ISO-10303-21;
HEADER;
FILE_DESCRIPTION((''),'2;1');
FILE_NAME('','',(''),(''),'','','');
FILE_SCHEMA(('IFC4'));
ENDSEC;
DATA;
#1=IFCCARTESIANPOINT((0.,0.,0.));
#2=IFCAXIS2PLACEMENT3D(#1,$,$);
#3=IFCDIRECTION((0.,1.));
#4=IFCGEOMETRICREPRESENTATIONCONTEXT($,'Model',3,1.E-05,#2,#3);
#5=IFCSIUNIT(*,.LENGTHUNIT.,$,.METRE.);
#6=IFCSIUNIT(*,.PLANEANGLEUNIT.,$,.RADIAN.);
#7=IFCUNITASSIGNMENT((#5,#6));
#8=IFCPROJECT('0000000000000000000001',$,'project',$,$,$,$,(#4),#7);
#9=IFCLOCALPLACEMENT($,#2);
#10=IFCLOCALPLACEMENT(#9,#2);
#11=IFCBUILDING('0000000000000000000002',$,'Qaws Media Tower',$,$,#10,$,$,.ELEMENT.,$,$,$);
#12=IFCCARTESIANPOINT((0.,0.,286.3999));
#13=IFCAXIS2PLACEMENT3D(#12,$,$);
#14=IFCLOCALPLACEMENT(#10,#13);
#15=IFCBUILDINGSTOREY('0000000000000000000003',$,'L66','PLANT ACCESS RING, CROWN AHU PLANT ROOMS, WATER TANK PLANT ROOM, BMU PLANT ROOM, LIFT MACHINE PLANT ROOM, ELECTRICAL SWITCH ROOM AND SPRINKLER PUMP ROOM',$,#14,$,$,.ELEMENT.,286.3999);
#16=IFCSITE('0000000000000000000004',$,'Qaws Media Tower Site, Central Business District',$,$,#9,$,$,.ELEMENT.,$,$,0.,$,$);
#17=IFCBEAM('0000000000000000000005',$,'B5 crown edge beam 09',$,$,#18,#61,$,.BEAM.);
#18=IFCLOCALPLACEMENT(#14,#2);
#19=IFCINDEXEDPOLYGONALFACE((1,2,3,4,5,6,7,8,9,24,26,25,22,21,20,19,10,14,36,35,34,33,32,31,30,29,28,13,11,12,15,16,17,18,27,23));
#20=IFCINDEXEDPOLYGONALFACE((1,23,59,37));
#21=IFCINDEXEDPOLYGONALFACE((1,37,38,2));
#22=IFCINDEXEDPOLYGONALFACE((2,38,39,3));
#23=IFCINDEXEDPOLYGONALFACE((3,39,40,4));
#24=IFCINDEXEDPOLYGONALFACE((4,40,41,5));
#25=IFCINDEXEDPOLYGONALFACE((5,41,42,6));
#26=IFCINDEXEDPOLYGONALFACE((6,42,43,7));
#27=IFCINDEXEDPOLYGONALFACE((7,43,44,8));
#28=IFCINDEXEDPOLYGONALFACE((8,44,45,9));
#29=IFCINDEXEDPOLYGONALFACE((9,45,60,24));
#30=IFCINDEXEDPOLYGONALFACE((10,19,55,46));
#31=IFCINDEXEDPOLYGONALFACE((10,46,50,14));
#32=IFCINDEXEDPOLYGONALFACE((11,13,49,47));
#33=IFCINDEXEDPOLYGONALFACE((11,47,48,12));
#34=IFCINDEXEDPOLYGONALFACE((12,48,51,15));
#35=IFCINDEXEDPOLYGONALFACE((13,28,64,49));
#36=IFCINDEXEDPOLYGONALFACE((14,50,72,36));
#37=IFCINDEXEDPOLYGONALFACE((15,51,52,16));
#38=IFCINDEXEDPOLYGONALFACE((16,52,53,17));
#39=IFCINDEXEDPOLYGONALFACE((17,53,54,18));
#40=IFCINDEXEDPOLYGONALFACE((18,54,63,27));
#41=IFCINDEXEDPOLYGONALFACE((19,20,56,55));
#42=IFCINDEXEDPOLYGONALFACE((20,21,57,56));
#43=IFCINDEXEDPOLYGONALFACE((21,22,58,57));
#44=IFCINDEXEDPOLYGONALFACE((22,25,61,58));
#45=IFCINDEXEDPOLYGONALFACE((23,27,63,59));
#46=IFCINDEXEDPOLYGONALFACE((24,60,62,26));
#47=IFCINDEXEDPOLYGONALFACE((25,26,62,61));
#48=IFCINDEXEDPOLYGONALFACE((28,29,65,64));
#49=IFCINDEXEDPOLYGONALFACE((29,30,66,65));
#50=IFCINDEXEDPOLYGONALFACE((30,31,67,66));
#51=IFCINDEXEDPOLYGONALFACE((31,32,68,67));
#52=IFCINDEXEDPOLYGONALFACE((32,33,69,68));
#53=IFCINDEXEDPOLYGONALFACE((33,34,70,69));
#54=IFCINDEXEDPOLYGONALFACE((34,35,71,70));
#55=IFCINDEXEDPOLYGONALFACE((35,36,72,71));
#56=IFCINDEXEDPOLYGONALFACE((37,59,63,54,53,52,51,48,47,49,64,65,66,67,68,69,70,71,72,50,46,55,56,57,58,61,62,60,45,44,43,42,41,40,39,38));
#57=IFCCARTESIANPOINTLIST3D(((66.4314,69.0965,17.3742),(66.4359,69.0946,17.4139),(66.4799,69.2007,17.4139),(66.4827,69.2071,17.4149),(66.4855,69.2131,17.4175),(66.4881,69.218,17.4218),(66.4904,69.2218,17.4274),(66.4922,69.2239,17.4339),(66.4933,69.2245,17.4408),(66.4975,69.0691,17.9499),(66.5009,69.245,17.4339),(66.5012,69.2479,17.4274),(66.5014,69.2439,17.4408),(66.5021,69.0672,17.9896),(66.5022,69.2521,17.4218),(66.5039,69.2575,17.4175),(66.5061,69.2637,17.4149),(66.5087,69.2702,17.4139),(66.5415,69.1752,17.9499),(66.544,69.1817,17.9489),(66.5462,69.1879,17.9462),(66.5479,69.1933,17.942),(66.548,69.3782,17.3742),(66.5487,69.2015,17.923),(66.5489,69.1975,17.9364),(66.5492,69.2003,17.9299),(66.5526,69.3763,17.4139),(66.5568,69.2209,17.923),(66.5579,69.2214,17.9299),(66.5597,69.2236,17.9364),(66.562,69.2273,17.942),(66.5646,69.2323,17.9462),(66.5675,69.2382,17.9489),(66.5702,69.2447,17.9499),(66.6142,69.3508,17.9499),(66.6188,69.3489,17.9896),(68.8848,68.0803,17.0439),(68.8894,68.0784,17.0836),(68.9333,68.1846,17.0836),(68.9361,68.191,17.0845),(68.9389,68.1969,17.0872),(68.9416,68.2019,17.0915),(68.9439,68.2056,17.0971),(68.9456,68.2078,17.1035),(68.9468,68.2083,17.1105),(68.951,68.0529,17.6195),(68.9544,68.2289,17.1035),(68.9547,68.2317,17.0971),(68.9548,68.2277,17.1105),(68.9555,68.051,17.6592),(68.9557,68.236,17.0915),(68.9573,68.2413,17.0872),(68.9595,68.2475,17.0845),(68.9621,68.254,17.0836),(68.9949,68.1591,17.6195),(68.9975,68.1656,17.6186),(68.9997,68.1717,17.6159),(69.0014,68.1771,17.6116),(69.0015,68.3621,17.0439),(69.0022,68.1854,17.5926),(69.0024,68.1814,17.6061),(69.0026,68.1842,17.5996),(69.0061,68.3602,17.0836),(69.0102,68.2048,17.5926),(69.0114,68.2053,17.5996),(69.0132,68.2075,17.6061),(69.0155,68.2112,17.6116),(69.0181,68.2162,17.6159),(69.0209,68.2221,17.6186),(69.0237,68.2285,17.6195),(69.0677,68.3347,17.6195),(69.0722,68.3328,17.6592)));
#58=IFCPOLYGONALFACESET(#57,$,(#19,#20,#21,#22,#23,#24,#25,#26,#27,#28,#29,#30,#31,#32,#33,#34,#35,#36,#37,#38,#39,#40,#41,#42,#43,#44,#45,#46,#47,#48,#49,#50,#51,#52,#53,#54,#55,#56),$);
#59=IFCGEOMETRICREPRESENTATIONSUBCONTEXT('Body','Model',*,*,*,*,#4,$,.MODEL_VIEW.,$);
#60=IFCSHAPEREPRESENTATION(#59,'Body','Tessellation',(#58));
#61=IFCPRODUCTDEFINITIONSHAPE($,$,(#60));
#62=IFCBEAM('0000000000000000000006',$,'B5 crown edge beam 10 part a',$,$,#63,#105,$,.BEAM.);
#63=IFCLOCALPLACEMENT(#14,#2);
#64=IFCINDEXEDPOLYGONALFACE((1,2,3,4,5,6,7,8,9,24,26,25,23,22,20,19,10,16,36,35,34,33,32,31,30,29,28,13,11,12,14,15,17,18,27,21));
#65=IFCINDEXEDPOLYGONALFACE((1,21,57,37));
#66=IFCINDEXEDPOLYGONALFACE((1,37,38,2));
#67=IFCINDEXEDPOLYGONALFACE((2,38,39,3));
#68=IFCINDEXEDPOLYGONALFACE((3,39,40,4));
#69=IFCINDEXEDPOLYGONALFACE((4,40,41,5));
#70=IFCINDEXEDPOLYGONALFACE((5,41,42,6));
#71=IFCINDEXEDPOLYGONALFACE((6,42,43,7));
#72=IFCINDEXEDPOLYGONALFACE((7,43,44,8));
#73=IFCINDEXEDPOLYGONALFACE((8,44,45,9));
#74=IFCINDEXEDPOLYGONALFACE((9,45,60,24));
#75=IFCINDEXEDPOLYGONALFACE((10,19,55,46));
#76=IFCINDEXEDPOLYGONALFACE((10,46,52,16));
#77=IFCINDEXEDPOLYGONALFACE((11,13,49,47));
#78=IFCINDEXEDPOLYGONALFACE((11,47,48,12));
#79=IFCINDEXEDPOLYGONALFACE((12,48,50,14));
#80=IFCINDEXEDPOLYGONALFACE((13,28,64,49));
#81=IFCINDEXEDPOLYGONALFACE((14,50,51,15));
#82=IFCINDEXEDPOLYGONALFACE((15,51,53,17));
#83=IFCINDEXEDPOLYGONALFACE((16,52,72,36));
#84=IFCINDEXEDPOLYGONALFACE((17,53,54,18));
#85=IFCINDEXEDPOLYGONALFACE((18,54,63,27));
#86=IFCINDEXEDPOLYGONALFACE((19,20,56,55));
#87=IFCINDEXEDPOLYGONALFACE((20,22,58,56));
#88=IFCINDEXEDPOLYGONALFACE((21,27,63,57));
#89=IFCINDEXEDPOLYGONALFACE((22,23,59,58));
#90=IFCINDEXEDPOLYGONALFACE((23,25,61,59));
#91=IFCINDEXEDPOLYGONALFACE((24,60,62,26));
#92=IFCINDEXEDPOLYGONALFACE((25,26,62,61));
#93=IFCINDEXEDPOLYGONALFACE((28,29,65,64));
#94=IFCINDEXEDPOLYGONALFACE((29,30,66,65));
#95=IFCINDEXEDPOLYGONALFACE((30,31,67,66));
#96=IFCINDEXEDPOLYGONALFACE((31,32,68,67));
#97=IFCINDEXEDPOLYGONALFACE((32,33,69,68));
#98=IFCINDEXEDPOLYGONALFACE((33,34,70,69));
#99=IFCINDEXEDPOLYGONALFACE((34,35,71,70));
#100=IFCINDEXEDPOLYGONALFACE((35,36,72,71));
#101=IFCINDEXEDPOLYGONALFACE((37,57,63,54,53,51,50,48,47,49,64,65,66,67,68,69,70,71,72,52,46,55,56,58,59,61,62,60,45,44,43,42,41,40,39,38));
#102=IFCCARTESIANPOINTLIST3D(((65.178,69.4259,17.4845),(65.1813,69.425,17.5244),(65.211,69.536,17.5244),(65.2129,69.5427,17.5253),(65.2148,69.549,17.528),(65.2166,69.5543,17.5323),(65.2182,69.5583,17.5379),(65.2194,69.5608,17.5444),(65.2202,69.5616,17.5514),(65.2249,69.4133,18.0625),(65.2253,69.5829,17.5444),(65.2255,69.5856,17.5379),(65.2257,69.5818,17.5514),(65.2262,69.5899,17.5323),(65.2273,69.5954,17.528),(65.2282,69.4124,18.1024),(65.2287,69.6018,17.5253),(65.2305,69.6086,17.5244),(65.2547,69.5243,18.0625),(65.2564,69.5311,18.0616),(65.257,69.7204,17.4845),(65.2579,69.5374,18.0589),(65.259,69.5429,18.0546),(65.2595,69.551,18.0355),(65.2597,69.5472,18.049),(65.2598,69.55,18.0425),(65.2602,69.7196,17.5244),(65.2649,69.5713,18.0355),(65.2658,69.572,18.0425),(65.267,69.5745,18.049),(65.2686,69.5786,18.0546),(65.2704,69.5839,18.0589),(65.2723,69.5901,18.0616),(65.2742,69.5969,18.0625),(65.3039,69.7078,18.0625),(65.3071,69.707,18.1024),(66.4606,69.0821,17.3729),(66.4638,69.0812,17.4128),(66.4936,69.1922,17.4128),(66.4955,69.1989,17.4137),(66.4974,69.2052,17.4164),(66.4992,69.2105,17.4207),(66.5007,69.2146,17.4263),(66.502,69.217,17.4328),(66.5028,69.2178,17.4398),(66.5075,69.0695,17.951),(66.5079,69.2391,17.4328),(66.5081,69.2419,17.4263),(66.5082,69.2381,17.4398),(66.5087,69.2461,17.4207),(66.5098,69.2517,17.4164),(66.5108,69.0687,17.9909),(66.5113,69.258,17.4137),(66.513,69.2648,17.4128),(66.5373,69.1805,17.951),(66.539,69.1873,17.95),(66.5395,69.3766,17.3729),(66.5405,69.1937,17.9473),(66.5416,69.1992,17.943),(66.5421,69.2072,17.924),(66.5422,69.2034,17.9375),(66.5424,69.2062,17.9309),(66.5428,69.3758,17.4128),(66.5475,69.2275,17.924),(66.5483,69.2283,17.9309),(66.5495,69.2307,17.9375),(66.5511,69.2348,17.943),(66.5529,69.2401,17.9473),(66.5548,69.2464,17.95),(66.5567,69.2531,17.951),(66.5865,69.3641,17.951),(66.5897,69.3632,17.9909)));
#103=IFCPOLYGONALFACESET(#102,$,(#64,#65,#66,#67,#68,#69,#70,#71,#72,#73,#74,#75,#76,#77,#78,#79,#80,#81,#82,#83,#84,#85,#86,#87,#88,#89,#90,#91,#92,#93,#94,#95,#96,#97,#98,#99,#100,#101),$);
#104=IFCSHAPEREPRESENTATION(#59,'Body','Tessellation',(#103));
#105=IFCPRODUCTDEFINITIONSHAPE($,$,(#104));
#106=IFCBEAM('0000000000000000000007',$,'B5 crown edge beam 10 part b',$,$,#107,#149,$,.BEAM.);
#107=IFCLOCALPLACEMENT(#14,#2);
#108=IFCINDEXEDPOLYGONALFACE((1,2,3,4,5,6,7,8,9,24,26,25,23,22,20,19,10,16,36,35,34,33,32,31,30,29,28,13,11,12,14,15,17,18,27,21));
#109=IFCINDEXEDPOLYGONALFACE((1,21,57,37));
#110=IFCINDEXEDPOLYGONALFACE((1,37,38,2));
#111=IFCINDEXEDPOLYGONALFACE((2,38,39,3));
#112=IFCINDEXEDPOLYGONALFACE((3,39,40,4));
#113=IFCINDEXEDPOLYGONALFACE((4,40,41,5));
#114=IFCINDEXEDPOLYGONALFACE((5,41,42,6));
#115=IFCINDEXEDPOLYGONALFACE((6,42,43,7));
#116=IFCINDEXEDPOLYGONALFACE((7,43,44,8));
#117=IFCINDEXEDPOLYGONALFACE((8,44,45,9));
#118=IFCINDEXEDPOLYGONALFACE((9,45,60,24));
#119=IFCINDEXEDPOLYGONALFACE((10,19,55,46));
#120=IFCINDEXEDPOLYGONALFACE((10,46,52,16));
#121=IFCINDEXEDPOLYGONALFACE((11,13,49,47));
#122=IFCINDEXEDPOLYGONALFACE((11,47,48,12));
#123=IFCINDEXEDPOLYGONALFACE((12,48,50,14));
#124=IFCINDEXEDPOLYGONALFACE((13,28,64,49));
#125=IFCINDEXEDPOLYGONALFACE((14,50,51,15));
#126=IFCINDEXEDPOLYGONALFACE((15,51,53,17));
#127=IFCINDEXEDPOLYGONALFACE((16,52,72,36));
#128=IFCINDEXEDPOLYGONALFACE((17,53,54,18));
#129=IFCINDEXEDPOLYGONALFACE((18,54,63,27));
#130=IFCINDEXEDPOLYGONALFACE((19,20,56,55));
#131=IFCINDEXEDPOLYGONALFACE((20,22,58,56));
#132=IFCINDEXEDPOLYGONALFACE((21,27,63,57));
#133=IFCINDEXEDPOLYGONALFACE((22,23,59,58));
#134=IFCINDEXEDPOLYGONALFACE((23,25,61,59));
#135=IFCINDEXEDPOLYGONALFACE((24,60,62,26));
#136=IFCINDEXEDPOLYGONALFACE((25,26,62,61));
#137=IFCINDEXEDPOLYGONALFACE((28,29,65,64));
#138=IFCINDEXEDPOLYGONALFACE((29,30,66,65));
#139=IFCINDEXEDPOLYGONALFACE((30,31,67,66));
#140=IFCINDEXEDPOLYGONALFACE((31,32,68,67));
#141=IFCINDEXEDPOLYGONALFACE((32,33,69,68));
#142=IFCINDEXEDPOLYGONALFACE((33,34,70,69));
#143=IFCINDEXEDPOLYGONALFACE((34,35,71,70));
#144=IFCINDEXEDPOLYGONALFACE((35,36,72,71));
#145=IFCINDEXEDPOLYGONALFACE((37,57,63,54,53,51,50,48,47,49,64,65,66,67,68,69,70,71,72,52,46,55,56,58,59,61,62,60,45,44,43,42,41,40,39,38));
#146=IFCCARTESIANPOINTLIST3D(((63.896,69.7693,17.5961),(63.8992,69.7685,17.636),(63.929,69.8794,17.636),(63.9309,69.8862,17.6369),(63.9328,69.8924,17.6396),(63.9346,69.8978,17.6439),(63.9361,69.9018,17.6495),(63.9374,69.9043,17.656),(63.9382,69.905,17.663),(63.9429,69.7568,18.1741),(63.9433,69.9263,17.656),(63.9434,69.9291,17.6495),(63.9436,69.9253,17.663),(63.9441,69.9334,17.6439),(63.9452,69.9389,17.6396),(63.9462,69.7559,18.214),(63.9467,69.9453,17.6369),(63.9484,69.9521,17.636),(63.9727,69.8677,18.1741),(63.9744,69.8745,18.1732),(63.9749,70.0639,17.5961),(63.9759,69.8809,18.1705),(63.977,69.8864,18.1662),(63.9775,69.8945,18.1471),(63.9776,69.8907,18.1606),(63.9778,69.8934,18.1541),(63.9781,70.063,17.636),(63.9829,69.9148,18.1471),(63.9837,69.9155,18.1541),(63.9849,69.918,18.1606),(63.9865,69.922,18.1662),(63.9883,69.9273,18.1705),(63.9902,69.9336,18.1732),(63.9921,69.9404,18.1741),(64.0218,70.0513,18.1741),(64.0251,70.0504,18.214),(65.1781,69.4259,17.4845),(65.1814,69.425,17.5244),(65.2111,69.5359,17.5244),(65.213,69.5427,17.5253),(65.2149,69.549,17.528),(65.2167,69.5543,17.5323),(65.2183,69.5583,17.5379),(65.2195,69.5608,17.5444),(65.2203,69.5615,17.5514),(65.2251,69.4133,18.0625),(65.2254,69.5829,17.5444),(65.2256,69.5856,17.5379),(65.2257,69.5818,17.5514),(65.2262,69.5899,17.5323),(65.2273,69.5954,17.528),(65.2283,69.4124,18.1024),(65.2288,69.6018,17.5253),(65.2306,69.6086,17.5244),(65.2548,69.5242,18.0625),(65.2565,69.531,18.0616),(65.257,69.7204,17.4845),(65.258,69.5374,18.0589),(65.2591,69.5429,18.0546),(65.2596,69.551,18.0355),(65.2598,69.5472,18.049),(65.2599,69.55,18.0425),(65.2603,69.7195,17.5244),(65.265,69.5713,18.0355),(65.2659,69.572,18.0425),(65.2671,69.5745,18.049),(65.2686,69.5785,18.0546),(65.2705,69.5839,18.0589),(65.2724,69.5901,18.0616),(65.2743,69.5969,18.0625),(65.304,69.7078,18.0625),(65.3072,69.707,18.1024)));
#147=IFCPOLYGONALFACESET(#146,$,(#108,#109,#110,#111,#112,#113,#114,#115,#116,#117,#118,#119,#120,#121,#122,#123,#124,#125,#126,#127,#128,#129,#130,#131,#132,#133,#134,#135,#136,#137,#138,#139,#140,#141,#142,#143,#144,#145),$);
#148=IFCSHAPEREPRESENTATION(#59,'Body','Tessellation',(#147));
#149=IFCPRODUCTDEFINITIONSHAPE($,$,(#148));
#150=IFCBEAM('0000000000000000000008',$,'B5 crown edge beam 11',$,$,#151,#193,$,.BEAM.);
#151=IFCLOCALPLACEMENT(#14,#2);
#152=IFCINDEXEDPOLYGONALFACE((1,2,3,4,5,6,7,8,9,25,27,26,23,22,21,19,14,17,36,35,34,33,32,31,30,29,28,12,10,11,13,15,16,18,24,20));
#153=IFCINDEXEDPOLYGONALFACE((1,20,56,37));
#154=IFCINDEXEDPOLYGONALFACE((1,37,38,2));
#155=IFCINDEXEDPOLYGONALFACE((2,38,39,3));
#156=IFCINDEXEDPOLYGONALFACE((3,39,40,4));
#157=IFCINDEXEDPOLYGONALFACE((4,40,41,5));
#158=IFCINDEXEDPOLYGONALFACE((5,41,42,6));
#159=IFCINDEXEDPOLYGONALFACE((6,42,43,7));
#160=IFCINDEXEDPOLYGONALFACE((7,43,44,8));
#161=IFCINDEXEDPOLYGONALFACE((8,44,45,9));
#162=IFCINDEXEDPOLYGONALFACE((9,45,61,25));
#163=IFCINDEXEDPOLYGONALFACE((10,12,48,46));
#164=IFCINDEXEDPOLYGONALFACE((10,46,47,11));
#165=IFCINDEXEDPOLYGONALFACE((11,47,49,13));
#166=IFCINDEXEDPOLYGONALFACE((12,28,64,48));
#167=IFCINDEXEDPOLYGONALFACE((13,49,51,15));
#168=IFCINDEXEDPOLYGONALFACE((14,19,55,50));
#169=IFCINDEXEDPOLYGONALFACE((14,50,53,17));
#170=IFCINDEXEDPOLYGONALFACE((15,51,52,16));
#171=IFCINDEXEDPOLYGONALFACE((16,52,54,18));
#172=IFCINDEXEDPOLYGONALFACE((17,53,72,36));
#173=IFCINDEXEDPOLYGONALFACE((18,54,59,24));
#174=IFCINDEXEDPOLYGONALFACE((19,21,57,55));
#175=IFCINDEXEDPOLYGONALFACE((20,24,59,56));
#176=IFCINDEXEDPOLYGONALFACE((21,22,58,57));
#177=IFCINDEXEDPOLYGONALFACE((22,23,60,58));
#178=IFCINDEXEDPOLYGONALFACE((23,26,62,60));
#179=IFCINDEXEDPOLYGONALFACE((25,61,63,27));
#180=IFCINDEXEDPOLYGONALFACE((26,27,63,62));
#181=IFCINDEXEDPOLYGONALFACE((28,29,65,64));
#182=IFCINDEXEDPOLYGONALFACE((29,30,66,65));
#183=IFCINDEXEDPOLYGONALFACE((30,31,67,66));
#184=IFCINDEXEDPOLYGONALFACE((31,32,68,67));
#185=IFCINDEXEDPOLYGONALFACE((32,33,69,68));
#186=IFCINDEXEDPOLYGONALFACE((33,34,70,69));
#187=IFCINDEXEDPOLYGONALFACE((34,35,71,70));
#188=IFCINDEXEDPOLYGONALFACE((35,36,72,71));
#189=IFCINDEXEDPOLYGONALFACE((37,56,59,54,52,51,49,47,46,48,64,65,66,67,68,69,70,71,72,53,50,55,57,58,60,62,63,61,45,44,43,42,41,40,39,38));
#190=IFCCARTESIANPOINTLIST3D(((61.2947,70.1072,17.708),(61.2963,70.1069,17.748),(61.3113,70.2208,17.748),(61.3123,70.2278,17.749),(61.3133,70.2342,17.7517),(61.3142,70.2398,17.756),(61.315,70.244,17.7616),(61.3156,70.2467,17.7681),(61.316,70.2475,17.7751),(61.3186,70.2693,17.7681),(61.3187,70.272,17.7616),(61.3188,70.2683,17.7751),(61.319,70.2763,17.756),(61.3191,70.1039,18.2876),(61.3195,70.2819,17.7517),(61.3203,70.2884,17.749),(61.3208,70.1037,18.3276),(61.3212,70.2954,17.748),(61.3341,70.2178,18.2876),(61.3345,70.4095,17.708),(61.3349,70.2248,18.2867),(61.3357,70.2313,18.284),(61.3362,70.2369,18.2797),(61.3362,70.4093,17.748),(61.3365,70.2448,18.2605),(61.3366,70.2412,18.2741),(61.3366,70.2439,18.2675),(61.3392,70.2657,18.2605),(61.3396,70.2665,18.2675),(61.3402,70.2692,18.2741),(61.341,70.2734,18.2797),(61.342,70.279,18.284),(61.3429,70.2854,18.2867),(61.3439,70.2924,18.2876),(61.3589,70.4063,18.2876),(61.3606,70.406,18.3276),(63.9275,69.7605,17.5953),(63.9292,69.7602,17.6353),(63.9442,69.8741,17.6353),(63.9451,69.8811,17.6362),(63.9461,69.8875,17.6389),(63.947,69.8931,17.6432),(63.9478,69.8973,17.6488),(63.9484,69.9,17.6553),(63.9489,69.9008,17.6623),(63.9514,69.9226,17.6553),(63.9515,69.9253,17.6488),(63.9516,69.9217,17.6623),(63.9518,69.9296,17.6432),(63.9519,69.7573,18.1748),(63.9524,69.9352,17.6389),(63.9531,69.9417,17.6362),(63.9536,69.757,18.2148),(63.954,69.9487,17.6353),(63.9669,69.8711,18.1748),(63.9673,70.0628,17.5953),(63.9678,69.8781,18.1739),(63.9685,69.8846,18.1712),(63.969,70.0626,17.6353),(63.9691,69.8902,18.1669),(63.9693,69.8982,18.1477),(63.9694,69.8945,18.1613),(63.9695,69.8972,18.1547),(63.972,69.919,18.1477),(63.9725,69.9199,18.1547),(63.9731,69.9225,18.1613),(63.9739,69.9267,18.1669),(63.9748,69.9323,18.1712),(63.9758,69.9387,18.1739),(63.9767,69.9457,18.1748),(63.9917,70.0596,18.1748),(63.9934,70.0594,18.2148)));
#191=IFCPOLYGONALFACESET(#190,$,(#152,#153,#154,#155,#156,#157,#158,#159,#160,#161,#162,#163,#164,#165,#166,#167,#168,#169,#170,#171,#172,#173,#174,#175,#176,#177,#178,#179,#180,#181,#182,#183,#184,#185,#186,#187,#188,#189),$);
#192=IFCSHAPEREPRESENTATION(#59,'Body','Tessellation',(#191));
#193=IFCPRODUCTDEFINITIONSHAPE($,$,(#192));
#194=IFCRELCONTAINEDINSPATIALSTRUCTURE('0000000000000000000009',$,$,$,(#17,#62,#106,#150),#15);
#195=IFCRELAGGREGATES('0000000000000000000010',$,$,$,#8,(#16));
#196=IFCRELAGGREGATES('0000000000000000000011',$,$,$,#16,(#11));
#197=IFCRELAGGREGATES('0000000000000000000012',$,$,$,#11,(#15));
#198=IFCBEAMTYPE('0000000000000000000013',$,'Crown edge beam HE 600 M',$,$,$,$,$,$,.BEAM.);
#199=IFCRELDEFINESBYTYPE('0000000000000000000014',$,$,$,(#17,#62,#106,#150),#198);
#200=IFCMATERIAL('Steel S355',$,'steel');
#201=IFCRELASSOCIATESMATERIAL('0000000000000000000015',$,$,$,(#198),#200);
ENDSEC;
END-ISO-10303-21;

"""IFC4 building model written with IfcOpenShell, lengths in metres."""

from ifc_helpers import new_model, si_unit, direction, frame, origin, origin_2d, place, context, subcontext, project, spatial, i_section, extrude, material, material_profile, profile_set, type_object, element, save


model = new_model("IFC4")

# Units and contexts
model_context = context("Model", 3, precision=1e-05, world=origin(), true_north=direction((0.0, 1.0)))
body_context = subcontext(model_context, "Body", "Model", "MODEL_VIEW")
ifc_project = project(units=[si_unit("LENGTHUNIT", "METRE"), si_unit("PLANEANGLEUNIT", "RADIAN")], contexts=[model_context])

# Site, building, storey
site_placement = place(None, origin())
site = spatial("IfcSite", under=ifc_project, at=site_placement, Name="Qaws Media Tower Site, Central Business District", CompositionType="ELEMENT", RefElevation=0.0)
building_placement = place(site_placement, origin())
building = spatial("IfcBuilding", under=site, at=building_placement, Name="Qaws Media Tower", CompositionType="ELEMENT")
storey_placement = place(building_placement, frame((0.0, 0.0, 286.3999)))
storey = spatial("IfcBuildingStorey", under=building, at=storey_placement, Name="L66", Description="PLANT ACCESS RING, CROWN AHU PLANT ROOMS, WATER TANK PLANT ROOM, BMU PLANT ROOM, LIFT MACHINE PLANT ROOM, ELECTRICAL SWITCH ROOM AND SPRINKLER PUMP ROOM", CompositionType="ELEMENT", Elevation=286.3999)

# Beams
ifc_material_1 = material(Name="Steel S355", Category="steel")
ifc_material_profile_1 = material_profile(ifc_material_1, i_section(OverallWidth=0.3049, OverallDepth=0.6201, WebThickness=0.021, FlangeThickness=0.04, FilletRadius=0.0271, at=origin_2d()), Name="HE 600 M")
ifc_profile_set_1 = profile_set([ifc_material_profile_1], Name="Steel S355")
beam_type_1 = type_object("IfcBeamType", Name="Crown edge beam HE 600 M", PredefinedType="BEAM", material=ifc_profile_set_1)
beam_1_placement = place(storey_placement, frame((68.9785, 68.2065, 17.3516), z_axis=(-0.916827, 0.379723, 0.123442), x_axis=(-0.38265, -0.923894, 0.0)))
element("IfcBeam", 1, at=beam_1_placement, inside=storey, type_object=beam_type_1, Name="B5 crown edge beam 09", PredefinedType="BEAM", context=body_context, shape_type="SweptSolid", body=[
    extrude(i_section(OverallWidth=0.3049, OverallDepth=0.6201, WebThickness=0.021, FlangeThickness=0.04, FilletRadius=0.0271, at=origin_2d()), origin(), (0.0, 0.0, 1.0), 2.676),
])
beam_2_placement = place(storey_placement, frame((66.5251, 69.2227, 17.6819), z_axis=(-0.962512, 0.257989, 0.083737), x_axis=(-0.258898, -0.965905, 0.0)))
element("IfcBeam", 2, at=beam_2_placement, inside=storey, type_object=beam_type_1, Name="B5 crown edge beam 10 part a", PredefinedType="BEAM", context=body_context, shape_type="SweptSolid", body=[
    extrude(i_section(OverallWidth=0.3049, OverallDepth=0.6201, WebThickness=0.021, FlangeThickness=0.04, FilletRadius=0.0271, at=origin_2d()), origin(), (0.0, 0.0, 1.0), 1.3325),
])
beam_3_placement = place(storey_placement, frame((65.2427, 69.5664, 17.7935), z_axis=(-0.962544, 0.257864, 0.083755), x_axis=(-0.258773, -0.965938, 0.0)))
element("IfcBeam", 3, at=beam_3_placement, inside=storey, type_object=beam_type_1, Name="B5 crown edge beam 10 part b", PredefinedType="BEAM", context=body_context, shape_type="SweptSolid", body=[
    extrude(i_section(OverallWidth=0.3049, OverallDepth=0.6201, WebThickness=0.021, FlangeThickness=0.04, FilletRadius=0.0271, at=origin_2d()), origin(), (0.0, 0.0, 1.0), 1.332),
])
beam_4_placement = place(storey_placement, frame((63.9604, 69.9099, 17.905), z_axis=(-0.990549, 0.130432, 0.042436), x_axis=(-0.13055, -0.991442, 0.0)))
element("IfcBeam", 4, at=beam_4_placement, inside=storey, type_object=beam_type_1, Name="B5 crown edge beam 11", PredefinedType="BEAM", context=body_context, shape_type="SweptSolid", body=[
    extrude(i_section(OverallWidth=0.3049, OverallDepth=0.6201, WebThickness=0.021, FlangeThickness=0.04, FilletRadius=0.0271, at=origin_2d()), origin(), (0.0, 0.0, 1.0), 2.658),
])

save(model, "model.ifc")
